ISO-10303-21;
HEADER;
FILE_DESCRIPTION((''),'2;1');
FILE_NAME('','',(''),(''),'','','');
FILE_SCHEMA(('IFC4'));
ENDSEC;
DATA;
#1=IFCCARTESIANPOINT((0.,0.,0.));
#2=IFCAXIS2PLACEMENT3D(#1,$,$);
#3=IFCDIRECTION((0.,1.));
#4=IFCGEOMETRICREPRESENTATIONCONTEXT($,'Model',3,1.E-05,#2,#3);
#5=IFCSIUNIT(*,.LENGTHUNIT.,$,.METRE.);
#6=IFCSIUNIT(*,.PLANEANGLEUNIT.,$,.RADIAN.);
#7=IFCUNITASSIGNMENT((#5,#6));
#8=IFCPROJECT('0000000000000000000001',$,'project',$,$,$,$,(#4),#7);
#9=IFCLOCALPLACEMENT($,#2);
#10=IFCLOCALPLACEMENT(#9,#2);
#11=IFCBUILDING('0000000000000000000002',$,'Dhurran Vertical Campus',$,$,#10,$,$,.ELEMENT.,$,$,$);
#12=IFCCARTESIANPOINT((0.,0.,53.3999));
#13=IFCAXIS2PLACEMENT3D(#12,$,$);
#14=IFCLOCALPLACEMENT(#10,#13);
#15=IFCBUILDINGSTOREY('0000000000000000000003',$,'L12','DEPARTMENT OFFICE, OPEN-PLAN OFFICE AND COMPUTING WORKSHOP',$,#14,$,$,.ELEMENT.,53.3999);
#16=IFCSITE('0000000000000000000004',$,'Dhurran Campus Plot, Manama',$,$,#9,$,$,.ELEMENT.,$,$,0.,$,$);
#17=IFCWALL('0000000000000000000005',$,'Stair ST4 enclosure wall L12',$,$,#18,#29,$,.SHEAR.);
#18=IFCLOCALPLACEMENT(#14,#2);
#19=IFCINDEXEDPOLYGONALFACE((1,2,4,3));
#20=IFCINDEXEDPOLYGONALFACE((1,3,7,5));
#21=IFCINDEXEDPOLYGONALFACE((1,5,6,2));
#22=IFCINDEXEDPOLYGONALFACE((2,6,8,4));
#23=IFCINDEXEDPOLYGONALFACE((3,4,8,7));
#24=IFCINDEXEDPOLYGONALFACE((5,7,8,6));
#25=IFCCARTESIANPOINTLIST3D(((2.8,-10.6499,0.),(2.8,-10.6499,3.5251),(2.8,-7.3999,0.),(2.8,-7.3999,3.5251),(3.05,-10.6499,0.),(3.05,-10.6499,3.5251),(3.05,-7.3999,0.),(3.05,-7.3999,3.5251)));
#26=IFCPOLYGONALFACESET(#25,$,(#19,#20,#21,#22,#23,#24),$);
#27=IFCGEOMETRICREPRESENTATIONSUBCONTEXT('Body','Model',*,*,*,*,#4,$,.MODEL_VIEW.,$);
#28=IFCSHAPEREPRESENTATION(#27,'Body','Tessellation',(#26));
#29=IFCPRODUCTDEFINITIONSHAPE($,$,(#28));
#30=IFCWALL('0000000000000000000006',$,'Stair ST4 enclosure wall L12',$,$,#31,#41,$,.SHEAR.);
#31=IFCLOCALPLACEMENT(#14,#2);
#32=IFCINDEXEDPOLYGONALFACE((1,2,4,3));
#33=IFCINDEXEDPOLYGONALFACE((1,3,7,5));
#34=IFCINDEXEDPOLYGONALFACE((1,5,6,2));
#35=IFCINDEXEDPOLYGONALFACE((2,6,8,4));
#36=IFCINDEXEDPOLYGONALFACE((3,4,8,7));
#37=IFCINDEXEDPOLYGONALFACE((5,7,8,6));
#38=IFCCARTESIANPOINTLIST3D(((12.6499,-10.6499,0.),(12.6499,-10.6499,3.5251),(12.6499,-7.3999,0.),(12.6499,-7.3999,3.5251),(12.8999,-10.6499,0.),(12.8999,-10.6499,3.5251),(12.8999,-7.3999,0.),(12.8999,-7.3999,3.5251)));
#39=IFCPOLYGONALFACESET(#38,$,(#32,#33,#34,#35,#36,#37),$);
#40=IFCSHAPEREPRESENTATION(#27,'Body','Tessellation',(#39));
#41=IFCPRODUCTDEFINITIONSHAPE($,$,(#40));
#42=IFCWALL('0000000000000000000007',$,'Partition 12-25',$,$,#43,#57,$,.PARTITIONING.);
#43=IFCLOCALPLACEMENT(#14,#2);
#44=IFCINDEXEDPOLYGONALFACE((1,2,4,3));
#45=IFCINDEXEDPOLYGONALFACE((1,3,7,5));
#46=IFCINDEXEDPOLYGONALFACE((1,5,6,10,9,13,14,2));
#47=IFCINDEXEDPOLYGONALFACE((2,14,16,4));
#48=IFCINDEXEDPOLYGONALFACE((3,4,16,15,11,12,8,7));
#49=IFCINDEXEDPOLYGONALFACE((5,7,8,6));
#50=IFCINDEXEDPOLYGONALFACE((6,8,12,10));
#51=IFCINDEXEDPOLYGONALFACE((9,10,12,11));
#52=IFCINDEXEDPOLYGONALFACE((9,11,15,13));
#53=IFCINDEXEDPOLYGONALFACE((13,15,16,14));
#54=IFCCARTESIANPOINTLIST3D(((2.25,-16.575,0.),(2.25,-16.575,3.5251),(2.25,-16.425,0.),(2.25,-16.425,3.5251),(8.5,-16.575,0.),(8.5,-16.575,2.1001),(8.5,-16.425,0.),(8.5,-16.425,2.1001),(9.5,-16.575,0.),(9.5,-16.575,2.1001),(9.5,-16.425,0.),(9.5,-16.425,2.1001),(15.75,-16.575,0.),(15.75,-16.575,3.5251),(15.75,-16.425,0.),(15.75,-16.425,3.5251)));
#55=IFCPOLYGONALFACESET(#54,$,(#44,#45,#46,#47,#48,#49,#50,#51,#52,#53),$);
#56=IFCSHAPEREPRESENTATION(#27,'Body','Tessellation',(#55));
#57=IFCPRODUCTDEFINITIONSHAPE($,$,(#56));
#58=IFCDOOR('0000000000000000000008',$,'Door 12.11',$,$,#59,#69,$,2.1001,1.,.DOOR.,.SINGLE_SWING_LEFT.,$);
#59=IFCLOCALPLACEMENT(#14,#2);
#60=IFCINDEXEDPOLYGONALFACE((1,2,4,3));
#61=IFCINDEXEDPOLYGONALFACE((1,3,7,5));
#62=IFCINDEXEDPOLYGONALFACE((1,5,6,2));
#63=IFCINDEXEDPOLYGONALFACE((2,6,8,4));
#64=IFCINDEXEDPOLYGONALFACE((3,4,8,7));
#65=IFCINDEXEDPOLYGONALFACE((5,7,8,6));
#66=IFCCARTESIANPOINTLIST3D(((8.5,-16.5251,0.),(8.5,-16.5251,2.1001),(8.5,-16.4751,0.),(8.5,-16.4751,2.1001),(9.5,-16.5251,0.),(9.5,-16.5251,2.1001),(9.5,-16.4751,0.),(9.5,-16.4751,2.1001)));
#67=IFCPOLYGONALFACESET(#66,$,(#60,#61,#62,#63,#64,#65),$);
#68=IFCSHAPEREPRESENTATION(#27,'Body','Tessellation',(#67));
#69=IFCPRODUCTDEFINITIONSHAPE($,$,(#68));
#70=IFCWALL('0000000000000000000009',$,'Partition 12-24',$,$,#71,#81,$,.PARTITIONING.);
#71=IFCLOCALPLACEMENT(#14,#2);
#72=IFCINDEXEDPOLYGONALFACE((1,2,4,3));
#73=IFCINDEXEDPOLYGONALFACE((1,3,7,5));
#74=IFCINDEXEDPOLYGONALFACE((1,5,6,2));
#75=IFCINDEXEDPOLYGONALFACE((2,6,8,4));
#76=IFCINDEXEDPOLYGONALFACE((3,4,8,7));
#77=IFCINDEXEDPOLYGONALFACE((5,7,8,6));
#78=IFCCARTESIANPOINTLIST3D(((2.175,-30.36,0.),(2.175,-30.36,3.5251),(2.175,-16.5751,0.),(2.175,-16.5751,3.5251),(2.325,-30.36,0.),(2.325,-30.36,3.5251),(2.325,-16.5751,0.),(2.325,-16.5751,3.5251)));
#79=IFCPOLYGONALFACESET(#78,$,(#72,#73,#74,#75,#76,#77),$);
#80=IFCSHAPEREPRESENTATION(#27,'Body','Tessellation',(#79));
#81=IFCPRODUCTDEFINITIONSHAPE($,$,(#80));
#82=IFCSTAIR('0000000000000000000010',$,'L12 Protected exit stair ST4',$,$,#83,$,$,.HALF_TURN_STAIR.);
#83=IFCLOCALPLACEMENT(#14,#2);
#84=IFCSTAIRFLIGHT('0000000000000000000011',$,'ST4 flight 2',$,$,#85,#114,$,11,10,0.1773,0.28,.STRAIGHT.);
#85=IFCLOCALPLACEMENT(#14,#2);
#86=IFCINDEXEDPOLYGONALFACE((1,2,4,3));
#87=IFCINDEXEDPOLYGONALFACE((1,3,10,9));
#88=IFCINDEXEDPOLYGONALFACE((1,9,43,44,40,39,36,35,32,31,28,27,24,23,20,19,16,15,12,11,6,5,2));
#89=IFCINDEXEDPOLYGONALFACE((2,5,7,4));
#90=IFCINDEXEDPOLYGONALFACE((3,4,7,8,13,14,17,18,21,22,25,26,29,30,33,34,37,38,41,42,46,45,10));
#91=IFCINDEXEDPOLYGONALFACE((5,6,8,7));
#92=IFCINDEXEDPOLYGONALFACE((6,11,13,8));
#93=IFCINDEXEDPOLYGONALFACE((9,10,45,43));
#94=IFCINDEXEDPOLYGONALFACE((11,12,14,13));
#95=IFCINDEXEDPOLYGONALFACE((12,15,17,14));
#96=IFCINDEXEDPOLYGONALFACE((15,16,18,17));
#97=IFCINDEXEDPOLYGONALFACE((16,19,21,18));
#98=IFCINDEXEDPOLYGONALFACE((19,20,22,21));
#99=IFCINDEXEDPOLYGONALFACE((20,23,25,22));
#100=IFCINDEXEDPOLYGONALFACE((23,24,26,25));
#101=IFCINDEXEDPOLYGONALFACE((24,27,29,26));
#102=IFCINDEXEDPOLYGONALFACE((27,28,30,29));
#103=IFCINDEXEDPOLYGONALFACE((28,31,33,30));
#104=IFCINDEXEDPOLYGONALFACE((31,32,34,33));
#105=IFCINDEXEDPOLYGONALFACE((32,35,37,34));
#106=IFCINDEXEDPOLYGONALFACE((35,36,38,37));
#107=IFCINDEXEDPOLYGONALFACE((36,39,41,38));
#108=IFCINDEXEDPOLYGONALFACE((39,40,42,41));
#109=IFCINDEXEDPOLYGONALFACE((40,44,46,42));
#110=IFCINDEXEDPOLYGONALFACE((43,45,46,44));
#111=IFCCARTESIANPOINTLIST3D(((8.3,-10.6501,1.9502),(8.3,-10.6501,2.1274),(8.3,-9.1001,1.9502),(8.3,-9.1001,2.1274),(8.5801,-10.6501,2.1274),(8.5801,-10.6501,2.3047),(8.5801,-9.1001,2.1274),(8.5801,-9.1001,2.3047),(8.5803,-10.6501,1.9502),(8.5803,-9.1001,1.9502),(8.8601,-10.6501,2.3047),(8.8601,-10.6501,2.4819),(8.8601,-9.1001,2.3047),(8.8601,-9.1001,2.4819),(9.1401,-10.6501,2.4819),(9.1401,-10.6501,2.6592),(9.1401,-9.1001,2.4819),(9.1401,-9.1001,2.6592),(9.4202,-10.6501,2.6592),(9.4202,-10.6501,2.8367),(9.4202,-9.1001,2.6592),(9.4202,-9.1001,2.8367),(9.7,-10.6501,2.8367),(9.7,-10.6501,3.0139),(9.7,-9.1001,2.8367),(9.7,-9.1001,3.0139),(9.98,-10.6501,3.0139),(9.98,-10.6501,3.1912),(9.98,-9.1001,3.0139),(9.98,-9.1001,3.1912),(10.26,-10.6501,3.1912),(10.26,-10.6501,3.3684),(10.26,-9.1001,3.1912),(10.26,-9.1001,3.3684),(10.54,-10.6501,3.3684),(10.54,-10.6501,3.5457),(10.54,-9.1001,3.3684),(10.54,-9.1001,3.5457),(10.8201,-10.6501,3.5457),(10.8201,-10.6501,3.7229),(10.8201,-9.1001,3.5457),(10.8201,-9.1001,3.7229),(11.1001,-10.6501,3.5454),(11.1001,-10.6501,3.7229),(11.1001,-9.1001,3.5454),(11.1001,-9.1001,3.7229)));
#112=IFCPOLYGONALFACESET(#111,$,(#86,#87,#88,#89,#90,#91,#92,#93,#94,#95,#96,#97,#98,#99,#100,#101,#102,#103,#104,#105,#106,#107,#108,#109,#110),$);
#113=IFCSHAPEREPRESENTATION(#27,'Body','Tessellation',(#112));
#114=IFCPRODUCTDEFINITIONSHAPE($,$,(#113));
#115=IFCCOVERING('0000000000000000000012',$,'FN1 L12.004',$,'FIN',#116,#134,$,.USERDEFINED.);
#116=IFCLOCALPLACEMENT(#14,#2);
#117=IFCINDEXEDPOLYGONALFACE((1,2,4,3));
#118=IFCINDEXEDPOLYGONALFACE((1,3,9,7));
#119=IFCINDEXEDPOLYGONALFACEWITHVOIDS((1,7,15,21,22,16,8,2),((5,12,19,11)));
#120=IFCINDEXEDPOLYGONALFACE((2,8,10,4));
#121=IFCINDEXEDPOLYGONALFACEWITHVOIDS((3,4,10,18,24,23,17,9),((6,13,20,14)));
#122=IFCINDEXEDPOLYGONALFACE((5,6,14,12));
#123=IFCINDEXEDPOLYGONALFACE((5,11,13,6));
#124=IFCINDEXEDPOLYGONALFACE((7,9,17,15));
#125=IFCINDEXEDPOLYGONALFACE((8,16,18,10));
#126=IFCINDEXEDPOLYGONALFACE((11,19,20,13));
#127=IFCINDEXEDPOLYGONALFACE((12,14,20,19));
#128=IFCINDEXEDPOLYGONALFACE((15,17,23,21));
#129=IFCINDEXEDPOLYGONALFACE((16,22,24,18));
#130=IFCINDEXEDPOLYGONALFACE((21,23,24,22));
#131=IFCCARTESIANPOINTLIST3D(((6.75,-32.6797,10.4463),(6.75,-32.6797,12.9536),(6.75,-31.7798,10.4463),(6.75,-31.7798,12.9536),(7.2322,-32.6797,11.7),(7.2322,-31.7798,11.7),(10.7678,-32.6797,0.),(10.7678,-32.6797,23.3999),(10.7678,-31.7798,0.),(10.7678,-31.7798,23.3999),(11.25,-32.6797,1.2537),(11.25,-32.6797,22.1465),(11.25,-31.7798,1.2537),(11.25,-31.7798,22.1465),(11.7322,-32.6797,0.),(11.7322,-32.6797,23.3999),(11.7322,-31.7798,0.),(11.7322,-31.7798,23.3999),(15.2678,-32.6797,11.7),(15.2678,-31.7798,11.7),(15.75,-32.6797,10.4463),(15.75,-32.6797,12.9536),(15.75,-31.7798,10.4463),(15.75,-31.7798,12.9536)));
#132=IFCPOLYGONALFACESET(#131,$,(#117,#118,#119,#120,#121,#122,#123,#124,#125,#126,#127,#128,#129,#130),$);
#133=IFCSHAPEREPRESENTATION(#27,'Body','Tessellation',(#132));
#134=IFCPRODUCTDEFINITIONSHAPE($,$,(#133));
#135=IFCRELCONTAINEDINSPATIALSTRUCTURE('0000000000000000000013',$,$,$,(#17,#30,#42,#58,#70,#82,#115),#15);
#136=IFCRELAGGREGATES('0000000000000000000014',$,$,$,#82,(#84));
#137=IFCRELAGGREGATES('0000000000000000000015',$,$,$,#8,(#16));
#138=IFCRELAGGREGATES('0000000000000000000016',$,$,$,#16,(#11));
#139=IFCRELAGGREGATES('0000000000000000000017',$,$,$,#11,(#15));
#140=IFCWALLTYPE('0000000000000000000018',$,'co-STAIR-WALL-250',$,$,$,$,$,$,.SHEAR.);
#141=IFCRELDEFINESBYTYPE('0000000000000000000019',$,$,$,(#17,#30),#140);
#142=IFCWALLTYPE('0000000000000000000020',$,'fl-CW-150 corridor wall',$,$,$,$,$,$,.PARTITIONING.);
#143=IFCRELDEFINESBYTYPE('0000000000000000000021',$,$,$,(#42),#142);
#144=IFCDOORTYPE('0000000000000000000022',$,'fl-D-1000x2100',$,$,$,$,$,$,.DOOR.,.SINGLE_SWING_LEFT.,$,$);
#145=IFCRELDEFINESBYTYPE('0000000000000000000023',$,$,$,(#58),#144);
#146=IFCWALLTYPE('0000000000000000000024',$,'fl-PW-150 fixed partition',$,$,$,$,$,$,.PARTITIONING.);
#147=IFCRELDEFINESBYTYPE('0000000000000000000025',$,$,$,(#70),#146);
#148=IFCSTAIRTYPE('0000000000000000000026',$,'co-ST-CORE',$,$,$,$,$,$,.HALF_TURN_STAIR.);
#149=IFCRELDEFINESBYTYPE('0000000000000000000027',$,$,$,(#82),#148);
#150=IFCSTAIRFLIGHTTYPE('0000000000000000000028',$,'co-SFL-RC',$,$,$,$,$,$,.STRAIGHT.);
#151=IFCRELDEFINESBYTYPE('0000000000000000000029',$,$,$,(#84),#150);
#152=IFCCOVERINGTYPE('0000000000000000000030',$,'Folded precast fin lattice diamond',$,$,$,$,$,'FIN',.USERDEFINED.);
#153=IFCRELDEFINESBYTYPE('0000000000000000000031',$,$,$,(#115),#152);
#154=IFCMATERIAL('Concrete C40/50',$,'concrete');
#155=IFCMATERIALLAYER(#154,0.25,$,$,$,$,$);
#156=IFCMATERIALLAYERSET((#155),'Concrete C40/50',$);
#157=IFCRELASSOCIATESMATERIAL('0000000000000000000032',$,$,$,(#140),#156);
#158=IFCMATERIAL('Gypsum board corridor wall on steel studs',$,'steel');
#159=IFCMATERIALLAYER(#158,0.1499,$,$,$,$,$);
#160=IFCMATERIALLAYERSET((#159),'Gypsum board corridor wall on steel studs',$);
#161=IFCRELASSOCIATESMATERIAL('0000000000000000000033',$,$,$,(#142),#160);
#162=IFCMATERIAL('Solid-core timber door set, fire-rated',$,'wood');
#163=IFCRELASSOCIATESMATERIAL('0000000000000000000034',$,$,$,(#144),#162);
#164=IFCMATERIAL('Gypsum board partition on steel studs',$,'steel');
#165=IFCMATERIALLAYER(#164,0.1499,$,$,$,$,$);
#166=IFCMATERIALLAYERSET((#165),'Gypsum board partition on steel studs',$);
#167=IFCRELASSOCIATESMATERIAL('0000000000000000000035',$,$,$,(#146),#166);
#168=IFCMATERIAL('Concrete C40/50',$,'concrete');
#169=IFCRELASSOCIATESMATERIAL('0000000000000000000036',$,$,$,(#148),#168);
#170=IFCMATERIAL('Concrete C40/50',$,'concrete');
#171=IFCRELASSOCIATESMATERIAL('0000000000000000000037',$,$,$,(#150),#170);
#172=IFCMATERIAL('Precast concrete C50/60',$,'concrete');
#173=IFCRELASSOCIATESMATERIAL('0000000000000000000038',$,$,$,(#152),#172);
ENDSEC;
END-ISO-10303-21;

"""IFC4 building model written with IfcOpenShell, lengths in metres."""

from ifc_helpers import new_model, si_unit, direction, frame, frame_2d, origin, place, context, subcontext, project, spatial, polyline, rectangle, outline, extrude, material, layer, layer_set, type_object, element, fill, aggregate, save


model = new_model("IFC4")

# Units and contexts
model_context = context("Model", 3, precision=1e-05, world=origin(), true_north=direction((0.0, 1.0)))
body_context = subcontext(model_context, "Body", "Model", "MODEL_VIEW")
ifc_project = project(units=[si_unit("LENGTHUNIT", "METRE"), si_unit("PLANEANGLEUNIT", "RADIAN")], contexts=[model_context])

# Site, building, storey
site_placement = place(None, origin())
site = spatial("IfcSite", under=ifc_project, at=site_placement, Name="Dhurran Campus Plot, Manama", CompositionType="ELEMENT", RefElevation=0.0)
building_placement = place(site_placement, origin())
building = spatial("IfcBuilding", under=site, at=building_placement, Name="Dhurran Vertical Campus", CompositionType="ELEMENT")
storey_placement = place(building_placement, frame((0.0, 0.0, 53.3999)))
storey = spatial("IfcBuildingStorey", under=building, at=storey_placement, Name="L12", Description="DEPARTMENT OFFICE, OPEN-PLAN OFFICE AND COMPUTING WORKSHOP", CompositionType="ELEMENT", Elevation=53.3999)

# Shared definitions
ifc_material_1 = material(Name="Concrete C40/50", Category="concrete")
ifc_layer_1 = layer(ifc_material_1, 0.25)
ifc_layer_set_1 = layer_set([ifc_layer_1], Name="Concrete C40/50")
wall_type_1 = type_object("IfcWallType", Name="co-STAIR-WALL-250", PredefinedType="SHEAR", material=ifc_layer_set_1)

# Walls
for number, where, z_axis, x_axis, name in (
    (1, (2.925, -10.6499, 0.0), (0.0, 0.0, 1.0), (0.0, 1.0, 0.0), "Stair ST4 enclosure wall L12"),
    (2, (12.7749, -10.6499, 0.0), (0.0, 0.0, 1.0), (0.0, 1.0, 0.0), "Stair ST4 enclosure wall L12"),
):
    element("IfcWall", number, at=place(storey_placement, frame(where, z_axis=z_axis, x_axis=x_axis)), inside=storey, type_object=wall_type_1, Name=name, PredefinedType="SHEAR", context=body_context, shape_type="SweptSolid", body=[
        extrude(rectangle(XDim=3.25, YDim=0.25, at=frame_2d((1.625, 0.0))), origin(), (0.0, 0.0, 1.0), 3.5251),
    ])

# Wall, opening, door
ifc_material_2 = material(Name="Gypsum board corridor wall on steel studs", Category="steel")
ifc_layer_2 = layer(ifc_material_2, 0.1499)
ifc_layer_set_2 = layer_set([ifc_layer_2], Name="Gypsum board corridor wall on steel studs")
wall_type_2 = type_object("IfcWallType", Name="fl-CW-150 corridor wall", PredefinedType="PARTITIONING", material=ifc_layer_set_2)
wall_1_placement = place(storey_placement, frame((2.25, -16.5, 0.0), z_axis=(0.0, 0.0, 1.0), x_axis=(1.0, 0.0, 0.0)))
wall_1 = element("IfcWall", 3, at=wall_1_placement, inside=storey, type_object=wall_type_2, Name="Partition 12-25", PredefinedType="PARTITIONING", context=body_context, shape_type="SweptSolid", body=[
    extrude(rectangle(XDim=13.5, YDim=0.1499, at=frame_2d((6.75, 0.0))), origin(), (0.0, 0.0, 1.0), 3.5251),
])
opening_1_placement = place(wall_1_placement, frame((6.25, 0.0, 0.0)))
opening_1 = element("IfcOpeningElement", 4, at=opening_1_placement, cuts=wall_1, PredefinedType="OPENING", context=body_context, shape_type="SweptSolid", body=[
    extrude(rectangle(XDim=1.0, YDim=2.1001, at=frame_2d((0.5, 1.05))), frame((0.0, 0.085, 0.0), z_axis=(0.0, -1.0, 0.0), x_axis=(1.0, 0.0, 0.0)), (0.0, 0.0, 1.0), 0.1699),
])
ifc_material_3 = material(Name="Solid-core timber door set, fire-rated", Category="wood")
door_type_1 = type_object("IfcDoorType", Name="fl-D-1000x2100", OperationType="SINGLE_SWING_LEFT", PredefinedType="DOOR", material=ifc_material_3)
door_1_placement = place(opening_1_placement, origin())
door_1 = element("IfcDoor", 5, at=door_1_placement, inside=storey, type_object=door_type_1, Name="Door 12.11", OperationType="SINGLE_SWING_LEFT", OverallHeight=2.1001, OverallWidth=1.0, PredefinedType="DOOR", context=body_context, shape_type="SweptSolid", body=[
    extrude(rectangle(XDim=1.0, YDim=2.1001, at=frame_2d((0.5, 1.05))), frame((0.0, 0.0249, 0.0), z_axis=(0.0, -1.0, 0.0), x_axis=(1.0, 0.0, 0.0)), (0.0, 0.0, 1.0), 0.05),
])
fill(opening_1, door_1)

# Wall
ifc_material_4 = material(Name="Gypsum board partition on steel studs", Category="steel")
ifc_layer_3 = layer(ifc_material_4, 0.1499)
ifc_layer_set_3 = layer_set([ifc_layer_3], Name="Gypsum board partition on steel studs")
wall_type_3 = type_object("IfcWallType", Name="fl-PW-150 fixed partition", PredefinedType="PARTITIONING", material=ifc_layer_set_3)
wall_2_placement = place(storey_placement, frame((2.25, -16.575, 0.0), z_axis=(0.0, 0.0, 1.0), x_axis=(0.0, -1.0, 0.0)))
element("IfcWall", 6, at=wall_2_placement, inside=storey, type_object=wall_type_3, Name="Partition 12-24", PredefinedType="PARTITIONING", context=body_context, shape_type="SweptSolid", body=[
    extrude(rectangle(XDim=13.7849, YDim=0.1499, at=frame_2d((6.8926, 0.0))), origin(), (0.0, 0.0, 1.0), 3.5251),
])

# Stair, stair flight
ifc_material_5 = material(Name="Concrete C40/50", Category="concrete")
stair_type = type_object("IfcStairType", Name="co-ST-CORE", PredefinedType="HALF_TURN_STAIR", material=ifc_material_5)
stair_placement = place(storey_placement, origin())
stair = element("IfcStair", 7, at=stair_placement, inside=storey, type_object=stair_type, Name="L12 Protected exit stair ST4", PredefinedType="HALF_TURN_STAIR")
ifc_material_6 = material(Name="Concrete C40/50", Category="concrete")
stair_flight_type = type_object("IfcStairFlightType", Name="co-SFL-RC", PredefinedType="STRAIGHT", material=ifc_material_6)
stair_flight_placement = place(storey_placement, frame((8.3, -9.875, 1.9502), z_axis=(0.0, 0.0, 1.0), x_axis=(1.0, 0.0, 0.0)))
stair_flight = element("IfcStairFlight", 8, at=stair_flight_placement, type_object=stair_flight_type, Name="ST4 flight 2", NumberOfRisers=11, NumberOfTreads=10, PredefinedType="STRAIGHT", RiserHeight=0.1773, TreadLength=0.28, context=body_context, shape_type="SweptSolid", body=[
    extrude(outline(polyline([(0.0, 0.0), (0.0, 0.1772), (0.28, 0.1772), (0.28, 0.3545), (0.5601, 0.3545), (0.5601, 0.5317), (0.8401, 0.5317), (0.8401, 0.709), (1.1201, 0.709), (1.1201, 0.8865), (1.3999, 0.8865), (1.3999, 1.0637), (1.6799, 1.0637), (1.6799, 1.241), (1.96, 1.241), (1.96, 1.4182), (2.24, 1.4182), (2.24, 1.5955), (2.52, 1.5955), (2.52, 1.7727), (2.8, 1.7727), (2.8, 1.95), (2.8, 1.5952), (0.2803, 0.0), (0.0, 0.0)])), frame((0.0, 0.7749, 0.0), z_axis=(0.0, -1.0, 0.0), x_axis=(1.0, 0.0, 0.0)), (0.0, 0.0, 1.0), 1.55),
])
aggregate(stair, [stair_flight])

# Covering
ifc_material_7 = material(Name="Precast concrete C50/60", Category="concrete")
covering_type = type_object("IfcCoveringType", Name="Folded precast fin lattice diamond", ElementType="FIN", PredefinedType="USERDEFINED", material=ifc_material_7)
covering_placement = place(storey_placement, frame((6.75, -31.7798, 0.0), z_axis=(0.0, -1.0, 0.0), x_axis=(1.0, 0.0, 0.0)))
element("IfcCovering", 9, at=covering_placement, inside=storey, type_object=covering_type, Name="FN1 L12.004", ObjectType="FIN", PredefinedType="USERDEFINED", context=body_context, shape_type="SweptSolid", body=[
    extrude(outline(polyline([(9.0, 12.9536), (9.0, 10.4463), (4.9822, 0.0), (4.0178, 0.0), (0.0, 10.4463), (0.0, 12.9536), (4.0178, 23.3999), (4.9822, 23.3999), (9.0, 12.9536)]), holes=[polyline([(8.5178, 11.7), (4.5, 22.1465), (0.4822, 11.7), (4.5, 1.2537), (8.5178, 11.7)])]), origin(), (0.0, 0.0, 1.0), 0.8999),
])

save(model, "model.ifc")
